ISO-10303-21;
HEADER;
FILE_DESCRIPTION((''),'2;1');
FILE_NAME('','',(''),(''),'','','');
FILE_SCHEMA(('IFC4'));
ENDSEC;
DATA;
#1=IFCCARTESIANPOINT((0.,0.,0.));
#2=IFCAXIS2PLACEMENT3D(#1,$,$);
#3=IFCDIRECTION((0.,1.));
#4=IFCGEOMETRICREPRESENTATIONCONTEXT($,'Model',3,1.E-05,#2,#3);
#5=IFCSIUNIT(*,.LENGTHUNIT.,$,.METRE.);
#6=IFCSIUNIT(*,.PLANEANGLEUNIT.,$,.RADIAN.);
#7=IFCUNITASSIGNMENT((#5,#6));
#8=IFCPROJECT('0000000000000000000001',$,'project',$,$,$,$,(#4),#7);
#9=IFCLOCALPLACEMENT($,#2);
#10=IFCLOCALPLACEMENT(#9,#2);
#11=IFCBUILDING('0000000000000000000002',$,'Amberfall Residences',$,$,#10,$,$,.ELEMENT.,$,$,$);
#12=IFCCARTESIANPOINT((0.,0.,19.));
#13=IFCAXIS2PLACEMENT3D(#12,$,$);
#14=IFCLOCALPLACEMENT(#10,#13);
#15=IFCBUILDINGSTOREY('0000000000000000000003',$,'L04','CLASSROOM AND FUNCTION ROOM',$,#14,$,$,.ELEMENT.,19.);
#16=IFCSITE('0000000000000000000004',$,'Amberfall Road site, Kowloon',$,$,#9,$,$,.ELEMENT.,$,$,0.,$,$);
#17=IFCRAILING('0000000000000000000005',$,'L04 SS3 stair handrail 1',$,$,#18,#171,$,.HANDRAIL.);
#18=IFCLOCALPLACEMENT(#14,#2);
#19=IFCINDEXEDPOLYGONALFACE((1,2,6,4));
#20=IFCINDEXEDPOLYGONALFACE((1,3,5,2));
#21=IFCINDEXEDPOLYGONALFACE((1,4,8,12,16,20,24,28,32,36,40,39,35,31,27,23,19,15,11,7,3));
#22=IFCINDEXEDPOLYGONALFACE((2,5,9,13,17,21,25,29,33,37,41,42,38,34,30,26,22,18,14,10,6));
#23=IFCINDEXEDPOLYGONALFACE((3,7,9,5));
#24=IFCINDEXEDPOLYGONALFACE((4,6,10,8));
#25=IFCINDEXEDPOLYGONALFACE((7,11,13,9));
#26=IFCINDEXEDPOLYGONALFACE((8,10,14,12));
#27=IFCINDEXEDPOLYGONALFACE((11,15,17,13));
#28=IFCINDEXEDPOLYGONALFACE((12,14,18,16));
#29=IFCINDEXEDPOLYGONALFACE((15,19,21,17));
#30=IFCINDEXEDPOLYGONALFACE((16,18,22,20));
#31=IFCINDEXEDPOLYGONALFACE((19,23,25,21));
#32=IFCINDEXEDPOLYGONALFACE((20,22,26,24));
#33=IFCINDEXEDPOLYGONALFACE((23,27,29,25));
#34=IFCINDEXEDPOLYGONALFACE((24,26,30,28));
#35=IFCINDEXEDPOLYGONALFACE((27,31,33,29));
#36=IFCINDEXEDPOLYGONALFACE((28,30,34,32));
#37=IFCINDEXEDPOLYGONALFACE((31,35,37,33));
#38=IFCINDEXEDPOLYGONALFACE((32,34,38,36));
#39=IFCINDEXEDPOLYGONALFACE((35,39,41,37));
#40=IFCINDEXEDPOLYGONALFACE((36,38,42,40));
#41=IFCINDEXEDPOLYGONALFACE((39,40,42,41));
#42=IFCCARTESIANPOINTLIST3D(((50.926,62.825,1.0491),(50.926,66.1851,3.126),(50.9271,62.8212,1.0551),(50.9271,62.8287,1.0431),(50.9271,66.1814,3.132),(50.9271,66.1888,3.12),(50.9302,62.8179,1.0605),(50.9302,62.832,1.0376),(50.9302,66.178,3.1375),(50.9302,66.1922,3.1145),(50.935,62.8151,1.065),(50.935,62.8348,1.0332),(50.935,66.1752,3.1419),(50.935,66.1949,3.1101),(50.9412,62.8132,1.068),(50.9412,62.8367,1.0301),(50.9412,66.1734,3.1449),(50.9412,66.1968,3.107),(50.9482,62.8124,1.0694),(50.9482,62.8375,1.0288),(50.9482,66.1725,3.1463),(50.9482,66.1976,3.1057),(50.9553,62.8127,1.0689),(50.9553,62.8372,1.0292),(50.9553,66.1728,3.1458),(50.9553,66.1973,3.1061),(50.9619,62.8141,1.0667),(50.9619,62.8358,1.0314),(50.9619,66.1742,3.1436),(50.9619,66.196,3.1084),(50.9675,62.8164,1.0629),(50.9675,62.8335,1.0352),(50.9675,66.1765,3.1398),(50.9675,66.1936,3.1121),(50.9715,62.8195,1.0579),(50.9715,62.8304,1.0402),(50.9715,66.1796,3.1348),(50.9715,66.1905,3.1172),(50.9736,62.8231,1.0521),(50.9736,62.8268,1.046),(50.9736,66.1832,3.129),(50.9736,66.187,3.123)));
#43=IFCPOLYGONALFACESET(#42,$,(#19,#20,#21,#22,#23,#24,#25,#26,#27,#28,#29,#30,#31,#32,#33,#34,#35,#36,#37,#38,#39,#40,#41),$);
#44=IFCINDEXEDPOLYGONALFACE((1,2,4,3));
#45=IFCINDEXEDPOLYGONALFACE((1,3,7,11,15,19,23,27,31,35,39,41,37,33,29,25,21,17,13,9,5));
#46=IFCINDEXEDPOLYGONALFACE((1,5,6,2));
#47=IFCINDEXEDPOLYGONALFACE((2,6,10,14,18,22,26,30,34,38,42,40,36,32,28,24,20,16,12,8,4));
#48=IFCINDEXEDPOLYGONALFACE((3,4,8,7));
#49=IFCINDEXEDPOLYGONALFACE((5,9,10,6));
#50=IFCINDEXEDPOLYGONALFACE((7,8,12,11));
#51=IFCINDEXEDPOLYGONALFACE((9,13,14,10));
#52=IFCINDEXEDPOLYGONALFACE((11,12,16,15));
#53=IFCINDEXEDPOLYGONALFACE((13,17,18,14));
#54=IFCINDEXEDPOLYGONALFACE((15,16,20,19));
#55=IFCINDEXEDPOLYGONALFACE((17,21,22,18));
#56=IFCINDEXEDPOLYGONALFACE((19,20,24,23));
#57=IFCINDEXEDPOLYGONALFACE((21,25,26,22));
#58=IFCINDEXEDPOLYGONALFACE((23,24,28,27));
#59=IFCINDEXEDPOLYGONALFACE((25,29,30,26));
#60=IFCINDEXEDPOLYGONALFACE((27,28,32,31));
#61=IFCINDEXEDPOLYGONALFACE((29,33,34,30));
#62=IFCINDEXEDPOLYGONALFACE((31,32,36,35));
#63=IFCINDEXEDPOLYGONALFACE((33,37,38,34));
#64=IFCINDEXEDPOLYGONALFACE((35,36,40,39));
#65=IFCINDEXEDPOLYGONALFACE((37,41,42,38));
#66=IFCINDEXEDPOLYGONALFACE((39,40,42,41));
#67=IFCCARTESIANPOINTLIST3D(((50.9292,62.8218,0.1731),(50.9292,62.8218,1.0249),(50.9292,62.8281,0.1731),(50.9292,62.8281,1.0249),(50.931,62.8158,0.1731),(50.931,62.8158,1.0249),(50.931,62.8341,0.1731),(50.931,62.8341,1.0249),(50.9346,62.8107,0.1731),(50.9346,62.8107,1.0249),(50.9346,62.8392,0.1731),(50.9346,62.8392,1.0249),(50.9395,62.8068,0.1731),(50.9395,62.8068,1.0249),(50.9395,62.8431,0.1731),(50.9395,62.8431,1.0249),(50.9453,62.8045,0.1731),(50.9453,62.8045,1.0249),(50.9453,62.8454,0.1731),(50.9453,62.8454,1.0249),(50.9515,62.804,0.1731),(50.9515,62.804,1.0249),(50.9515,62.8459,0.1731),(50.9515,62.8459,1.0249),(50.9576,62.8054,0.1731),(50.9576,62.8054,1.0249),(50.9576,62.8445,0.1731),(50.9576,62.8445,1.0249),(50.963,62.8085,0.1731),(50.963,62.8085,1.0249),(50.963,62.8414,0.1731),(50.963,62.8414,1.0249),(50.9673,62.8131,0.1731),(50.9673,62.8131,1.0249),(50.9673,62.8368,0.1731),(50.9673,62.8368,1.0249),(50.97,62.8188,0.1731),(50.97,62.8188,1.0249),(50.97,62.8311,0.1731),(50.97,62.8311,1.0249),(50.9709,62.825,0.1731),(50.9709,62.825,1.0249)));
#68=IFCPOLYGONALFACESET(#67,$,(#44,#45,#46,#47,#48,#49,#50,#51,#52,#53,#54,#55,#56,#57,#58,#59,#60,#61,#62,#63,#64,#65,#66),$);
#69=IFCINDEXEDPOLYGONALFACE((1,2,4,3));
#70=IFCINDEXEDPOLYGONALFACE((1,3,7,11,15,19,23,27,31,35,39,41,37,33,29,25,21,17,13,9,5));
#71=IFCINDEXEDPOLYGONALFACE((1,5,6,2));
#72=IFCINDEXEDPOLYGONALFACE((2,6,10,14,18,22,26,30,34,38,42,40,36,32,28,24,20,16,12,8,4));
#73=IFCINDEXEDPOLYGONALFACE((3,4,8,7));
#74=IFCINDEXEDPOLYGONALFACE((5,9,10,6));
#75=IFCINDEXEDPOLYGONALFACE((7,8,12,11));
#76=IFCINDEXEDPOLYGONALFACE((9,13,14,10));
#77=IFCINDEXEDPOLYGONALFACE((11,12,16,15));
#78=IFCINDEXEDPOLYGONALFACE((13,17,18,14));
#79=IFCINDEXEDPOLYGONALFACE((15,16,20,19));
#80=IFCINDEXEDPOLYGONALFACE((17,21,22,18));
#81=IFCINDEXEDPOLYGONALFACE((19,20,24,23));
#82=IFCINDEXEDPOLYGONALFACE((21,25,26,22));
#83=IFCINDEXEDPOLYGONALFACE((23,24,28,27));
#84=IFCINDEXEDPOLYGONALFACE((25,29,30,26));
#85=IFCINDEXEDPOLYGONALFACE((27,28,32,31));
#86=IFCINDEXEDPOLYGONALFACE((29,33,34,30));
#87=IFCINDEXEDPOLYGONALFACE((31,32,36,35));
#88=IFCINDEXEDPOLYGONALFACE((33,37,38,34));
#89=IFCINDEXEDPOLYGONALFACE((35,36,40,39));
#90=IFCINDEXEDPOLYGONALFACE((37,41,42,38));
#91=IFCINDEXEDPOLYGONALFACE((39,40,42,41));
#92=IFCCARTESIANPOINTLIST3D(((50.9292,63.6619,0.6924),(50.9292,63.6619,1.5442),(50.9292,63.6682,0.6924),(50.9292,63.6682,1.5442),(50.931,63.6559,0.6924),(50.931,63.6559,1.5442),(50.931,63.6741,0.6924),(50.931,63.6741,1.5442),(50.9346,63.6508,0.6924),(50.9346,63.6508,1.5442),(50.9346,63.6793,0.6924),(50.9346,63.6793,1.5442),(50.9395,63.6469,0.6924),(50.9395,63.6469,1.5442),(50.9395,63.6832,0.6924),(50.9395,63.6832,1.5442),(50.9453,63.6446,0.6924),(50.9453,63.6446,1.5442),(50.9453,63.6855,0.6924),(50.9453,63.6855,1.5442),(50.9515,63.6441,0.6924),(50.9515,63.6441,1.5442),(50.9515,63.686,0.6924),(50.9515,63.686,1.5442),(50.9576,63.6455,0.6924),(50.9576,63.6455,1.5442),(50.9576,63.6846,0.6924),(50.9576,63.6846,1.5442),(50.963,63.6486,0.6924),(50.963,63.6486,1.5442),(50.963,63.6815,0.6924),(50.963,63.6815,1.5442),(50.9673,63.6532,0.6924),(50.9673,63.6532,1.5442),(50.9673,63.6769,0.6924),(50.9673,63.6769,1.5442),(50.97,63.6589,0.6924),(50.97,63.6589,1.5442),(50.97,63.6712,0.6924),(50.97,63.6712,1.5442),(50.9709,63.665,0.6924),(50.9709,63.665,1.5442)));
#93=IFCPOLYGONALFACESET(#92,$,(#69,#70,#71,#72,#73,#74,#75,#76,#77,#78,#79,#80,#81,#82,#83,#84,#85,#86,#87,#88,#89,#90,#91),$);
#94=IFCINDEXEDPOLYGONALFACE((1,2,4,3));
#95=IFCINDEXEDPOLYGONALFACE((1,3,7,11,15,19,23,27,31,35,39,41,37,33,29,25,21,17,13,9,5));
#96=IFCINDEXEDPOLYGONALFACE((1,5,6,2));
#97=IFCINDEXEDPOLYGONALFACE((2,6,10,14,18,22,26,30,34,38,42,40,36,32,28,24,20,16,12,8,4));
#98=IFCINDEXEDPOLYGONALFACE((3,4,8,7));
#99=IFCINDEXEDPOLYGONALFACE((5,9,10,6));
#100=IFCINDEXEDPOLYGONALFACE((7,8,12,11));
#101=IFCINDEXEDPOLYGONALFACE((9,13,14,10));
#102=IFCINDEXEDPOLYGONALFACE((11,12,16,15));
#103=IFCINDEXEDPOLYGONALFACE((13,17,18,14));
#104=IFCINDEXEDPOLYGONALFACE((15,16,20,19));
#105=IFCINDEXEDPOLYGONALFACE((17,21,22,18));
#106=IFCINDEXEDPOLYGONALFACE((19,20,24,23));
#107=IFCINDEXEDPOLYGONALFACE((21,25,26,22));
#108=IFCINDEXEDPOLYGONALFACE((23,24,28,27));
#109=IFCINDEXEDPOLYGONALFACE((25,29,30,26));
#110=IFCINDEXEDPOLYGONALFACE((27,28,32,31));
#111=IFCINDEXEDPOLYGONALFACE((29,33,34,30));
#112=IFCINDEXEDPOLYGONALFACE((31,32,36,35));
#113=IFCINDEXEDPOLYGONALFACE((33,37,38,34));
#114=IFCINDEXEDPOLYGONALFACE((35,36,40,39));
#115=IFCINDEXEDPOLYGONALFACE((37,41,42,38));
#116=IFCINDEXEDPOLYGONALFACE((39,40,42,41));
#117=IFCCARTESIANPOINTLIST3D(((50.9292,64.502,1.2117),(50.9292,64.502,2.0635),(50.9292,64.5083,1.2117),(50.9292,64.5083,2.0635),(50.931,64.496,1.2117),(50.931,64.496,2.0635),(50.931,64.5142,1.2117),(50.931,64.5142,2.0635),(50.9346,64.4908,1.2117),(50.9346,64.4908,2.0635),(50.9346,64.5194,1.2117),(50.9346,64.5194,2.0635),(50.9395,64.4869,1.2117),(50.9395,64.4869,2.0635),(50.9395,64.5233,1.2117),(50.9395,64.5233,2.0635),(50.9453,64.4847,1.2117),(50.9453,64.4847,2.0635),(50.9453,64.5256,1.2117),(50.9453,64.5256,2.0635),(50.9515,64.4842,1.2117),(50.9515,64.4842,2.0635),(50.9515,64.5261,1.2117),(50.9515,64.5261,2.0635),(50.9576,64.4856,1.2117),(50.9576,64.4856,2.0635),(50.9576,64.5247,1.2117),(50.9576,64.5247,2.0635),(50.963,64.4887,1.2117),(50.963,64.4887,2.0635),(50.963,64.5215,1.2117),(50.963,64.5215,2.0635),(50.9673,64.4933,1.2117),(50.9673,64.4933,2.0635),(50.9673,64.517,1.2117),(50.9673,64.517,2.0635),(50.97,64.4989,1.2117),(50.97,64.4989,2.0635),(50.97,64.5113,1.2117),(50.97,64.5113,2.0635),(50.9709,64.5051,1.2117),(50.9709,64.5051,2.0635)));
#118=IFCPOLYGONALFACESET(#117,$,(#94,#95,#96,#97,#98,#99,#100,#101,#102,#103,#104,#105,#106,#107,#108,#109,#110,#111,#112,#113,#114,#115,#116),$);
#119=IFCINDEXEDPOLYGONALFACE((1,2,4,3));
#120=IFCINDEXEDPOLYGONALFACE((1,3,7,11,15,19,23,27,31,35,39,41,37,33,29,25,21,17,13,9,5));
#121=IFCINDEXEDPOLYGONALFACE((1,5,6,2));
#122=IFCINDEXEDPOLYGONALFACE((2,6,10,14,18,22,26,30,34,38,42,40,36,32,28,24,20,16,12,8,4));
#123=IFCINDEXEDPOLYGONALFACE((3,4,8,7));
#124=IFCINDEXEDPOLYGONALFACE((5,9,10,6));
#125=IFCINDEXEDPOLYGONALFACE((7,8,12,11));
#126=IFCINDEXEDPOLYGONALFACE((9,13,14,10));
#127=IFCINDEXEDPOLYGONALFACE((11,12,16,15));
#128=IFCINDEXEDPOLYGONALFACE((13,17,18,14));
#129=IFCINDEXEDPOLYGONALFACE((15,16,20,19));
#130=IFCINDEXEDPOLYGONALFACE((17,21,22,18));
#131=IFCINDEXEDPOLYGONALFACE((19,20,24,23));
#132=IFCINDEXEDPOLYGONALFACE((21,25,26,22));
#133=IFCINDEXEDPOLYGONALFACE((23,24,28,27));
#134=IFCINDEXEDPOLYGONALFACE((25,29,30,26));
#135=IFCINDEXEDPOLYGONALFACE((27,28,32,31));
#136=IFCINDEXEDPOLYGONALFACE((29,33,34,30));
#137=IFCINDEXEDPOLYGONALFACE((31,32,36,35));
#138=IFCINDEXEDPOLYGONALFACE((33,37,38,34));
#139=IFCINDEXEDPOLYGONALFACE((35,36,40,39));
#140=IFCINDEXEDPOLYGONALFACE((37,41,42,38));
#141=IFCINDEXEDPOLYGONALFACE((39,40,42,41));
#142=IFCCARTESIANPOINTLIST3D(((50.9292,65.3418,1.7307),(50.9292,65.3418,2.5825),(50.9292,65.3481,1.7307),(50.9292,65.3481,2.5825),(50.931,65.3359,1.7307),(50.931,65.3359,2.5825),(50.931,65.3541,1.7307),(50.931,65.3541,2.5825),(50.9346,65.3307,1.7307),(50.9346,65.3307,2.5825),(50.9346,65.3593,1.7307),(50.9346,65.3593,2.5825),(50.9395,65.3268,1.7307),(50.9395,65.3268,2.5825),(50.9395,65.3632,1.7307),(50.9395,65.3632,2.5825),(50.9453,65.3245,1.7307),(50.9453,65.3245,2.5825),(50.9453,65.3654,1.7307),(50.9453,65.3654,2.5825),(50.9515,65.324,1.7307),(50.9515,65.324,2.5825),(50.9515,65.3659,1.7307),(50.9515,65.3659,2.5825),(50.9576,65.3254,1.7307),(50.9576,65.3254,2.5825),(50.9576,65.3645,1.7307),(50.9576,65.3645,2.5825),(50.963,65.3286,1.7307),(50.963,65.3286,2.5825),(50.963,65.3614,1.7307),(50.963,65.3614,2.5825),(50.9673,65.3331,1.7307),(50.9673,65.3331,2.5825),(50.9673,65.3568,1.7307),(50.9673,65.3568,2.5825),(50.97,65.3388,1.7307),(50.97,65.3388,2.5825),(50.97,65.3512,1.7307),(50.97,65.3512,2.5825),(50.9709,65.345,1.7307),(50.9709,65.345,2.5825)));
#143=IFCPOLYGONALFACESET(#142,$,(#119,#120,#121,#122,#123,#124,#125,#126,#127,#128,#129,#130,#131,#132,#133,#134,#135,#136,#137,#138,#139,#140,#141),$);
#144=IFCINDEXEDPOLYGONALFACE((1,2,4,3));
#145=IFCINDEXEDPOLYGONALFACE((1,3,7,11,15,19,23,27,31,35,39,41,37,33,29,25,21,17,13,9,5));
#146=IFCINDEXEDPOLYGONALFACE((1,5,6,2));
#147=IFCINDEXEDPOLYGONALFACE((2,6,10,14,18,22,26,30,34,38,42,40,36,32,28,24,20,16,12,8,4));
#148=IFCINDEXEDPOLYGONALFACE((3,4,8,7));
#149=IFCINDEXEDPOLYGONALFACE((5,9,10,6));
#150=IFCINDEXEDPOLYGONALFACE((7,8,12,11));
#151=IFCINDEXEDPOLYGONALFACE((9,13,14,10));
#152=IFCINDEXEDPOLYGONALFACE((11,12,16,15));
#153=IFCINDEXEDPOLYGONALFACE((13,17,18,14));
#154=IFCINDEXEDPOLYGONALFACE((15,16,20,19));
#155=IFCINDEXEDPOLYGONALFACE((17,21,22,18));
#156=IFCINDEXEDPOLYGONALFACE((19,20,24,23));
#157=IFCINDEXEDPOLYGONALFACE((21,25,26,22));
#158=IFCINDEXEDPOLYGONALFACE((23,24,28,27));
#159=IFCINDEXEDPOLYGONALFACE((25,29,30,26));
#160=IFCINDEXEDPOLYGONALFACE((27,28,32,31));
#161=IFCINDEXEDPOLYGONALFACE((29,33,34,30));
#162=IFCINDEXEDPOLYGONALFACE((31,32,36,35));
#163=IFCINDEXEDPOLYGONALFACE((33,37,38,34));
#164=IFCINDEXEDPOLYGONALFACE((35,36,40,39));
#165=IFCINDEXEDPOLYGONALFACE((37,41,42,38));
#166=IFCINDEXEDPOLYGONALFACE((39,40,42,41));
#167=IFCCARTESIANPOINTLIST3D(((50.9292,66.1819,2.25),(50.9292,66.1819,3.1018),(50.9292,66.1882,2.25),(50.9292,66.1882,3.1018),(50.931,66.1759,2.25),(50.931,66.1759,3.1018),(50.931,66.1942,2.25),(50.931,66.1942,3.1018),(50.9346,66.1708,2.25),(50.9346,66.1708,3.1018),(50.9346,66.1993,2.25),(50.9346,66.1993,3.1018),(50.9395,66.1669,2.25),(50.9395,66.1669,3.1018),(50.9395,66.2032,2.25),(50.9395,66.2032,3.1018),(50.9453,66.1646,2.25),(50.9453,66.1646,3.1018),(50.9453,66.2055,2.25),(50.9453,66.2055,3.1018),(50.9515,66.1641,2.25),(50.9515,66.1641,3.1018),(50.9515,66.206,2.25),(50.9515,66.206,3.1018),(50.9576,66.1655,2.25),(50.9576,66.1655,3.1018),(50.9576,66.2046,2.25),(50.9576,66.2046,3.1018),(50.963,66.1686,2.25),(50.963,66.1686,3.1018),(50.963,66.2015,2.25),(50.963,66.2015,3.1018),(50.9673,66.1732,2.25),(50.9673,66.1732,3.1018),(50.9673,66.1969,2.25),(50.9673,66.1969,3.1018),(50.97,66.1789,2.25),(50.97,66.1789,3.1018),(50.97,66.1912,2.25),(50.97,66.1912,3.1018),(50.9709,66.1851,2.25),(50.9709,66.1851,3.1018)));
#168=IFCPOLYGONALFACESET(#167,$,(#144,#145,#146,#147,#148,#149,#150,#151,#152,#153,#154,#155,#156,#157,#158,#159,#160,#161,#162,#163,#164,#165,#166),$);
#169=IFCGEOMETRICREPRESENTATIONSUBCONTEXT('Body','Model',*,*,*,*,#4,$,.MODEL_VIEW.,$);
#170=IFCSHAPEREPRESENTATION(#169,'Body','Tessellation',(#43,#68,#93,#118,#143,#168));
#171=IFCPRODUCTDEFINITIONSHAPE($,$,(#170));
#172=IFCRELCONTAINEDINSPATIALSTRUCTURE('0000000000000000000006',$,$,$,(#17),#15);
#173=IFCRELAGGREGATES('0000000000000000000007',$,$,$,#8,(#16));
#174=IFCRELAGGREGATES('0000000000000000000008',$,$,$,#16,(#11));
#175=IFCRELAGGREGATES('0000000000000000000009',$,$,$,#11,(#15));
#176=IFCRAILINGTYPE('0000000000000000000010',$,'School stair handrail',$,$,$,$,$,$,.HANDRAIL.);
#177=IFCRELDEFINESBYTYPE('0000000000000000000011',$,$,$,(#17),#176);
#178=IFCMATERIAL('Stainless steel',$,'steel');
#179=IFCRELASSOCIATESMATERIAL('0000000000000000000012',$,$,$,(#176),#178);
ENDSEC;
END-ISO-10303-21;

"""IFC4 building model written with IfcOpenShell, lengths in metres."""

from ifc_helpers import new_model, si_unit, direction, frame, origin, origin_2d, place, context, subcontext, project, spatial, circle, extrude, material, type_object, element, save


model = new_model("IFC4")

# Units and contexts
model_context = context("Model", 3, precision=1e-05, world=origin(), true_north=direction((0.0, 1.0)))
body_context = subcontext(model_context, "Body", "Model", "MODEL_VIEW")
ifc_project = project(units=[si_unit("LENGTHUNIT", "METRE"), si_unit("PLANEANGLEUNIT", "RADIAN")], contexts=[model_context])

# Site, building, storey
site_placement = place(None, origin())
site = spatial("IfcSite", under=ifc_project, at=site_placement, Name="Amberfall Road site, Kowloon", CompositionType="ELEMENT", RefElevation=0.0)
building_placement = place(site_placement, origin())
building = spatial("IfcBuilding", under=site, at=building_placement, Name="Amberfall Residences", CompositionType="ELEMENT")
storey_placement = place(building_placement, frame((0.0, 0.0, 19.0)))
storey = spatial("IfcBuildingStorey", under=building, at=storey_placement, Name="L04", Description="CLASSROOM AND FUNCTION ROOM", CompositionType="ELEMENT", Elevation=19.0)

# Railing
ifc_material_1 = material(Name="Stainless steel", Category="steel")
railing_type_1 = type_object("IfcRailingType", Name="School stair handrail", PredefinedType="HANDRAIL", material=ifc_material_1)
railing_1_placement = place(storey_placement, frame((50.95, 62.825, 0.1731)))
element("IfcRailing", 1, at=railing_1_placement, inside=storey, type_object=railing_type_1, Name="L04 SS3 stair handrail 1", PredefinedType="HANDRAIL", context=body_context, shape_type="SweptSolid", body=[
    extrude(circle(Radius=0.0239, at=origin_2d()), frame((0.0, 0.0, 0.876), z_axis=(0.0, 0.850623, 0.525776), x_axis=(-1.0, 0.0, 0.0)), (0.0, 0.0, 1.0), 3.9502),
    extrude(circle(Radius=0.021, at=origin_2d()), origin(), (0.0, 0.0, 1.0), 0.8518),
    extrude(circle(Radius=0.021, at=origin_2d()), frame((0.0, 0.8401, 0.5193)), (0.0, 0.0, 1.0), 0.8518),
    extrude(circle(Radius=0.021, at=origin_2d()), frame((0.0, 1.6802, 1.0386)), (0.0, 0.0, 1.0), 0.8518),
    extrude(circle(Radius=0.021, at=origin_2d()), frame((0.0, 2.52, 1.5576)), (0.0, 0.0, 1.0), 0.8518),
    extrude(circle(Radius=0.021, at=origin_2d()), frame((0.0, 3.3601, 2.0769)), (0.0, 0.0, 1.0), 0.8518),
])

save(model, "model.ifc")
